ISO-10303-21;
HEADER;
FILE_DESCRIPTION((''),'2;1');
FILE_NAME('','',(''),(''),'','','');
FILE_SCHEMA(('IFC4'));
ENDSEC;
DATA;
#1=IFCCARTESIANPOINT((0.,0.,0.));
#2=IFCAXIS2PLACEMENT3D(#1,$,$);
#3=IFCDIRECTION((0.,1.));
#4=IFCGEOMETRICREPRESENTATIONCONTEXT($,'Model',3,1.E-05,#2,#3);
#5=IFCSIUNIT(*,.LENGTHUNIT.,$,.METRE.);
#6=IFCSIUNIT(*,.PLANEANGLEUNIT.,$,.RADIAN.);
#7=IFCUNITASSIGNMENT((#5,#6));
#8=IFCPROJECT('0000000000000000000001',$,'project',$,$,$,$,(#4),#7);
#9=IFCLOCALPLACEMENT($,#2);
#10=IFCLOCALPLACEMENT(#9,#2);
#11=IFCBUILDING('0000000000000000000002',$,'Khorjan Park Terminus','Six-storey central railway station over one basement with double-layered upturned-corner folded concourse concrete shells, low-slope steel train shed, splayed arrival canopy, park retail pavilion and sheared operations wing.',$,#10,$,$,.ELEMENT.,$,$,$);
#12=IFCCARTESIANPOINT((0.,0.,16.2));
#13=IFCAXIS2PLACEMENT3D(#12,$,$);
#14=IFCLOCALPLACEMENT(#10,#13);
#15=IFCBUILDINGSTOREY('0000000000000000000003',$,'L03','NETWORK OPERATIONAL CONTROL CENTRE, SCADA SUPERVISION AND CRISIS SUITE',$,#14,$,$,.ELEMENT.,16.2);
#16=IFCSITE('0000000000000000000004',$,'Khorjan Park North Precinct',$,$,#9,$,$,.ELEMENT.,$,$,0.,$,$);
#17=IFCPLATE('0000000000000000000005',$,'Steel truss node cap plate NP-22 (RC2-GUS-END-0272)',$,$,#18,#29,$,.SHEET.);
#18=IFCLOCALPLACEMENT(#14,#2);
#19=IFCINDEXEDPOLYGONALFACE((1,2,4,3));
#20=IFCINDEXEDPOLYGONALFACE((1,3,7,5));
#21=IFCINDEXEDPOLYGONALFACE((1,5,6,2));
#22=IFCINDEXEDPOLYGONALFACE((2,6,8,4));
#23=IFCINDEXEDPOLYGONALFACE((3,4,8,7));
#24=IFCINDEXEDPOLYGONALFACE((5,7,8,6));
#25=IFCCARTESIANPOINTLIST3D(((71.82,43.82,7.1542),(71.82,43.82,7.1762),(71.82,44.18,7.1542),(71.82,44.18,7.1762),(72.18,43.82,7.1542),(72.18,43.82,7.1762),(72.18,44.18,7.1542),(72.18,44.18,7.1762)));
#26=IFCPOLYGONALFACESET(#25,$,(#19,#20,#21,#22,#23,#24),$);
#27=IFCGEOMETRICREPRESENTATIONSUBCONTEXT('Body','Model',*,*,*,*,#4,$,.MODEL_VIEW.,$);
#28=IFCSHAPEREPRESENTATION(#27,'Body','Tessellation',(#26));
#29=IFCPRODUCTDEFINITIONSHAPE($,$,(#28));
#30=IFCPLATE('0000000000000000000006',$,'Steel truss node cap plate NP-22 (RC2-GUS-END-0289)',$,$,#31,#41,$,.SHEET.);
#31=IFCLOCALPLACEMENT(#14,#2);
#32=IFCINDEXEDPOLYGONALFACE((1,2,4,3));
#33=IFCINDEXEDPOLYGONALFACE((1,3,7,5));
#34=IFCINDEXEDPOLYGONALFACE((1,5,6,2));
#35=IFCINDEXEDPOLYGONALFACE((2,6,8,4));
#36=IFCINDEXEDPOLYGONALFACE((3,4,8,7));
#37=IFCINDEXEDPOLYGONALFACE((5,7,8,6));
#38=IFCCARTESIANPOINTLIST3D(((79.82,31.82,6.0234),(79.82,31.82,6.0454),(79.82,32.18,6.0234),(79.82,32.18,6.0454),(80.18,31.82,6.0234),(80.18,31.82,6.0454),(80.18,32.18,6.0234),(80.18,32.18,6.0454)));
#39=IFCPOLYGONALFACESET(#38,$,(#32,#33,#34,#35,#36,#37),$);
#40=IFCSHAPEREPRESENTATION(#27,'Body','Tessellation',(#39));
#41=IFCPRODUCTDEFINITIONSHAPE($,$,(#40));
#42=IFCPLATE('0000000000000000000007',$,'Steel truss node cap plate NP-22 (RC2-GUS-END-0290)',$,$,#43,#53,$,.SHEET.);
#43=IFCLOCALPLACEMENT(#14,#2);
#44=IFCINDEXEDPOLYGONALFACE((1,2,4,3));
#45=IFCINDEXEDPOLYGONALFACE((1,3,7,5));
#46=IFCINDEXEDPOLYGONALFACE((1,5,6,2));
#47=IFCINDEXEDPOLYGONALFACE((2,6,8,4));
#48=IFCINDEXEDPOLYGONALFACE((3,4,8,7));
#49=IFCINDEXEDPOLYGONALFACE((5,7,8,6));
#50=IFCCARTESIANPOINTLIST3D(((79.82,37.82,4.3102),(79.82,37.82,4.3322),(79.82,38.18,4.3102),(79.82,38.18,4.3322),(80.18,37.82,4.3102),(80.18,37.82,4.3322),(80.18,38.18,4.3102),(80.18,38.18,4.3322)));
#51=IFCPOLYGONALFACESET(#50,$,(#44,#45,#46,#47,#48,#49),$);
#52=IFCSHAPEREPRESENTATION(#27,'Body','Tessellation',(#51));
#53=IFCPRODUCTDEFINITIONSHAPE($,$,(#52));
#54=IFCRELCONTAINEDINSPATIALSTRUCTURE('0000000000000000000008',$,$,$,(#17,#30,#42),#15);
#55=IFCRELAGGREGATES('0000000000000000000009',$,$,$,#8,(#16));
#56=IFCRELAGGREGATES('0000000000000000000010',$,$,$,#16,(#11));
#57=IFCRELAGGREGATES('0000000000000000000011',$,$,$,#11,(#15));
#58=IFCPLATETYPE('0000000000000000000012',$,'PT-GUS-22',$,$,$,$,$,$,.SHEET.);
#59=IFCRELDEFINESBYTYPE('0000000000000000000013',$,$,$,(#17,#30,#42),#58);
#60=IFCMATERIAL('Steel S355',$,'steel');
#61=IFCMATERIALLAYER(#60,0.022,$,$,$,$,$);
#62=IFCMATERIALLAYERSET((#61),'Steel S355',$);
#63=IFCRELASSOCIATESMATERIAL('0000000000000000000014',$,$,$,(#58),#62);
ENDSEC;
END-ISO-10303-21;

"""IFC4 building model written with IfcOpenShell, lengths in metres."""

from ifc_helpers import new_model, si_unit, direction, frame, origin, origin_2d, place, context, subcontext, project, spatial, rectangle, extrude, material, layer, layer_set, type_object, element, save


model = new_model("IFC4")

# Units and contexts
model_context = context("Model", 3, precision=1e-05, world=origin(), true_north=direction((0.0, 1.0)))
body_context = subcontext(model_context, "Body", "Model", "MODEL_VIEW")
ifc_project = project(units=[si_unit("LENGTHUNIT", "METRE"), si_unit("PLANEANGLEUNIT", "RADIAN")], contexts=[model_context])

# Site, building, storey
site_placement = place(None, origin())
site = spatial("IfcSite", under=ifc_project, at=site_placement, Name="Khorjan Park North Precinct", CompositionType="ELEMENT", RefElevation=0.0)
building_placement = place(site_placement, origin())
building = spatial("IfcBuilding", under=site, at=building_placement, Name="Khorjan Park Terminus", Description="Six-storey central railway station over one basement with double-layered upturned-corner folded concourse concrete shells, low-slope steel train shed, splayed arrival canopy, park retail pavilion and sheared operations wing.", CompositionType="ELEMENT")
storey_placement = place(building_placement, frame((0.0, 0.0, 16.2)))
storey = spatial("IfcBuildingStorey", under=building, at=storey_placement, Name="L03", Description="NETWORK OPERATIONAL CONTROL CENTRE, SCADA SUPERVISION AND CRISIS SUITE", CompositionType="ELEMENT", Elevation=16.2)

# Shared definitions
ifc_material = material(Name="Steel S355", Category="steel")

# Plates
ifc_layer = layer(ifc_material, 0.022)
ifc_layer_set = layer_set([ifc_layer], Name="Steel S355")
plate_type = type_object("IfcPlateType", Name="PT-GUS-22", PredefinedType="SHEET", material=ifc_layer_set)
for number, where, z_axis, x_axis, name in (
    (1, (72.0, 44.0, 7.1542), (0.0, 0.0, 1.0), (1.0, 0.0, 0.0), "Steel truss node cap plate NP-22 (RC2-GUS-END-0272)"),
    (2, (80.0, 32.0, 6.0234), (0.0, 0.0, 1.0), (1.0, 0.0, 0.0), "Steel truss node cap plate NP-22 (RC2-GUS-END-0289)"),
    (3, (80.0, 38.0, 4.3102), (0.0, 0.0, 1.0), (1.0, 0.0, 0.0), "Steel truss node cap plate NP-22 (RC2-GUS-END-0290)"),
):
    element("IfcPlate", number, at=place(storey_placement, frame(where, z_axis=z_axis, x_axis=x_axis)), inside=storey, type_object=plate_type, Name=name, PredefinedType="SHEET", context=body_context, shape_type="SweptSolid", body=[
        extrude(rectangle(XDim=0.36, YDim=0.36, at=origin_2d()), origin(), (0.0, 0.0, 1.0), 0.022),
    ])

save(model, "model.ifc")
